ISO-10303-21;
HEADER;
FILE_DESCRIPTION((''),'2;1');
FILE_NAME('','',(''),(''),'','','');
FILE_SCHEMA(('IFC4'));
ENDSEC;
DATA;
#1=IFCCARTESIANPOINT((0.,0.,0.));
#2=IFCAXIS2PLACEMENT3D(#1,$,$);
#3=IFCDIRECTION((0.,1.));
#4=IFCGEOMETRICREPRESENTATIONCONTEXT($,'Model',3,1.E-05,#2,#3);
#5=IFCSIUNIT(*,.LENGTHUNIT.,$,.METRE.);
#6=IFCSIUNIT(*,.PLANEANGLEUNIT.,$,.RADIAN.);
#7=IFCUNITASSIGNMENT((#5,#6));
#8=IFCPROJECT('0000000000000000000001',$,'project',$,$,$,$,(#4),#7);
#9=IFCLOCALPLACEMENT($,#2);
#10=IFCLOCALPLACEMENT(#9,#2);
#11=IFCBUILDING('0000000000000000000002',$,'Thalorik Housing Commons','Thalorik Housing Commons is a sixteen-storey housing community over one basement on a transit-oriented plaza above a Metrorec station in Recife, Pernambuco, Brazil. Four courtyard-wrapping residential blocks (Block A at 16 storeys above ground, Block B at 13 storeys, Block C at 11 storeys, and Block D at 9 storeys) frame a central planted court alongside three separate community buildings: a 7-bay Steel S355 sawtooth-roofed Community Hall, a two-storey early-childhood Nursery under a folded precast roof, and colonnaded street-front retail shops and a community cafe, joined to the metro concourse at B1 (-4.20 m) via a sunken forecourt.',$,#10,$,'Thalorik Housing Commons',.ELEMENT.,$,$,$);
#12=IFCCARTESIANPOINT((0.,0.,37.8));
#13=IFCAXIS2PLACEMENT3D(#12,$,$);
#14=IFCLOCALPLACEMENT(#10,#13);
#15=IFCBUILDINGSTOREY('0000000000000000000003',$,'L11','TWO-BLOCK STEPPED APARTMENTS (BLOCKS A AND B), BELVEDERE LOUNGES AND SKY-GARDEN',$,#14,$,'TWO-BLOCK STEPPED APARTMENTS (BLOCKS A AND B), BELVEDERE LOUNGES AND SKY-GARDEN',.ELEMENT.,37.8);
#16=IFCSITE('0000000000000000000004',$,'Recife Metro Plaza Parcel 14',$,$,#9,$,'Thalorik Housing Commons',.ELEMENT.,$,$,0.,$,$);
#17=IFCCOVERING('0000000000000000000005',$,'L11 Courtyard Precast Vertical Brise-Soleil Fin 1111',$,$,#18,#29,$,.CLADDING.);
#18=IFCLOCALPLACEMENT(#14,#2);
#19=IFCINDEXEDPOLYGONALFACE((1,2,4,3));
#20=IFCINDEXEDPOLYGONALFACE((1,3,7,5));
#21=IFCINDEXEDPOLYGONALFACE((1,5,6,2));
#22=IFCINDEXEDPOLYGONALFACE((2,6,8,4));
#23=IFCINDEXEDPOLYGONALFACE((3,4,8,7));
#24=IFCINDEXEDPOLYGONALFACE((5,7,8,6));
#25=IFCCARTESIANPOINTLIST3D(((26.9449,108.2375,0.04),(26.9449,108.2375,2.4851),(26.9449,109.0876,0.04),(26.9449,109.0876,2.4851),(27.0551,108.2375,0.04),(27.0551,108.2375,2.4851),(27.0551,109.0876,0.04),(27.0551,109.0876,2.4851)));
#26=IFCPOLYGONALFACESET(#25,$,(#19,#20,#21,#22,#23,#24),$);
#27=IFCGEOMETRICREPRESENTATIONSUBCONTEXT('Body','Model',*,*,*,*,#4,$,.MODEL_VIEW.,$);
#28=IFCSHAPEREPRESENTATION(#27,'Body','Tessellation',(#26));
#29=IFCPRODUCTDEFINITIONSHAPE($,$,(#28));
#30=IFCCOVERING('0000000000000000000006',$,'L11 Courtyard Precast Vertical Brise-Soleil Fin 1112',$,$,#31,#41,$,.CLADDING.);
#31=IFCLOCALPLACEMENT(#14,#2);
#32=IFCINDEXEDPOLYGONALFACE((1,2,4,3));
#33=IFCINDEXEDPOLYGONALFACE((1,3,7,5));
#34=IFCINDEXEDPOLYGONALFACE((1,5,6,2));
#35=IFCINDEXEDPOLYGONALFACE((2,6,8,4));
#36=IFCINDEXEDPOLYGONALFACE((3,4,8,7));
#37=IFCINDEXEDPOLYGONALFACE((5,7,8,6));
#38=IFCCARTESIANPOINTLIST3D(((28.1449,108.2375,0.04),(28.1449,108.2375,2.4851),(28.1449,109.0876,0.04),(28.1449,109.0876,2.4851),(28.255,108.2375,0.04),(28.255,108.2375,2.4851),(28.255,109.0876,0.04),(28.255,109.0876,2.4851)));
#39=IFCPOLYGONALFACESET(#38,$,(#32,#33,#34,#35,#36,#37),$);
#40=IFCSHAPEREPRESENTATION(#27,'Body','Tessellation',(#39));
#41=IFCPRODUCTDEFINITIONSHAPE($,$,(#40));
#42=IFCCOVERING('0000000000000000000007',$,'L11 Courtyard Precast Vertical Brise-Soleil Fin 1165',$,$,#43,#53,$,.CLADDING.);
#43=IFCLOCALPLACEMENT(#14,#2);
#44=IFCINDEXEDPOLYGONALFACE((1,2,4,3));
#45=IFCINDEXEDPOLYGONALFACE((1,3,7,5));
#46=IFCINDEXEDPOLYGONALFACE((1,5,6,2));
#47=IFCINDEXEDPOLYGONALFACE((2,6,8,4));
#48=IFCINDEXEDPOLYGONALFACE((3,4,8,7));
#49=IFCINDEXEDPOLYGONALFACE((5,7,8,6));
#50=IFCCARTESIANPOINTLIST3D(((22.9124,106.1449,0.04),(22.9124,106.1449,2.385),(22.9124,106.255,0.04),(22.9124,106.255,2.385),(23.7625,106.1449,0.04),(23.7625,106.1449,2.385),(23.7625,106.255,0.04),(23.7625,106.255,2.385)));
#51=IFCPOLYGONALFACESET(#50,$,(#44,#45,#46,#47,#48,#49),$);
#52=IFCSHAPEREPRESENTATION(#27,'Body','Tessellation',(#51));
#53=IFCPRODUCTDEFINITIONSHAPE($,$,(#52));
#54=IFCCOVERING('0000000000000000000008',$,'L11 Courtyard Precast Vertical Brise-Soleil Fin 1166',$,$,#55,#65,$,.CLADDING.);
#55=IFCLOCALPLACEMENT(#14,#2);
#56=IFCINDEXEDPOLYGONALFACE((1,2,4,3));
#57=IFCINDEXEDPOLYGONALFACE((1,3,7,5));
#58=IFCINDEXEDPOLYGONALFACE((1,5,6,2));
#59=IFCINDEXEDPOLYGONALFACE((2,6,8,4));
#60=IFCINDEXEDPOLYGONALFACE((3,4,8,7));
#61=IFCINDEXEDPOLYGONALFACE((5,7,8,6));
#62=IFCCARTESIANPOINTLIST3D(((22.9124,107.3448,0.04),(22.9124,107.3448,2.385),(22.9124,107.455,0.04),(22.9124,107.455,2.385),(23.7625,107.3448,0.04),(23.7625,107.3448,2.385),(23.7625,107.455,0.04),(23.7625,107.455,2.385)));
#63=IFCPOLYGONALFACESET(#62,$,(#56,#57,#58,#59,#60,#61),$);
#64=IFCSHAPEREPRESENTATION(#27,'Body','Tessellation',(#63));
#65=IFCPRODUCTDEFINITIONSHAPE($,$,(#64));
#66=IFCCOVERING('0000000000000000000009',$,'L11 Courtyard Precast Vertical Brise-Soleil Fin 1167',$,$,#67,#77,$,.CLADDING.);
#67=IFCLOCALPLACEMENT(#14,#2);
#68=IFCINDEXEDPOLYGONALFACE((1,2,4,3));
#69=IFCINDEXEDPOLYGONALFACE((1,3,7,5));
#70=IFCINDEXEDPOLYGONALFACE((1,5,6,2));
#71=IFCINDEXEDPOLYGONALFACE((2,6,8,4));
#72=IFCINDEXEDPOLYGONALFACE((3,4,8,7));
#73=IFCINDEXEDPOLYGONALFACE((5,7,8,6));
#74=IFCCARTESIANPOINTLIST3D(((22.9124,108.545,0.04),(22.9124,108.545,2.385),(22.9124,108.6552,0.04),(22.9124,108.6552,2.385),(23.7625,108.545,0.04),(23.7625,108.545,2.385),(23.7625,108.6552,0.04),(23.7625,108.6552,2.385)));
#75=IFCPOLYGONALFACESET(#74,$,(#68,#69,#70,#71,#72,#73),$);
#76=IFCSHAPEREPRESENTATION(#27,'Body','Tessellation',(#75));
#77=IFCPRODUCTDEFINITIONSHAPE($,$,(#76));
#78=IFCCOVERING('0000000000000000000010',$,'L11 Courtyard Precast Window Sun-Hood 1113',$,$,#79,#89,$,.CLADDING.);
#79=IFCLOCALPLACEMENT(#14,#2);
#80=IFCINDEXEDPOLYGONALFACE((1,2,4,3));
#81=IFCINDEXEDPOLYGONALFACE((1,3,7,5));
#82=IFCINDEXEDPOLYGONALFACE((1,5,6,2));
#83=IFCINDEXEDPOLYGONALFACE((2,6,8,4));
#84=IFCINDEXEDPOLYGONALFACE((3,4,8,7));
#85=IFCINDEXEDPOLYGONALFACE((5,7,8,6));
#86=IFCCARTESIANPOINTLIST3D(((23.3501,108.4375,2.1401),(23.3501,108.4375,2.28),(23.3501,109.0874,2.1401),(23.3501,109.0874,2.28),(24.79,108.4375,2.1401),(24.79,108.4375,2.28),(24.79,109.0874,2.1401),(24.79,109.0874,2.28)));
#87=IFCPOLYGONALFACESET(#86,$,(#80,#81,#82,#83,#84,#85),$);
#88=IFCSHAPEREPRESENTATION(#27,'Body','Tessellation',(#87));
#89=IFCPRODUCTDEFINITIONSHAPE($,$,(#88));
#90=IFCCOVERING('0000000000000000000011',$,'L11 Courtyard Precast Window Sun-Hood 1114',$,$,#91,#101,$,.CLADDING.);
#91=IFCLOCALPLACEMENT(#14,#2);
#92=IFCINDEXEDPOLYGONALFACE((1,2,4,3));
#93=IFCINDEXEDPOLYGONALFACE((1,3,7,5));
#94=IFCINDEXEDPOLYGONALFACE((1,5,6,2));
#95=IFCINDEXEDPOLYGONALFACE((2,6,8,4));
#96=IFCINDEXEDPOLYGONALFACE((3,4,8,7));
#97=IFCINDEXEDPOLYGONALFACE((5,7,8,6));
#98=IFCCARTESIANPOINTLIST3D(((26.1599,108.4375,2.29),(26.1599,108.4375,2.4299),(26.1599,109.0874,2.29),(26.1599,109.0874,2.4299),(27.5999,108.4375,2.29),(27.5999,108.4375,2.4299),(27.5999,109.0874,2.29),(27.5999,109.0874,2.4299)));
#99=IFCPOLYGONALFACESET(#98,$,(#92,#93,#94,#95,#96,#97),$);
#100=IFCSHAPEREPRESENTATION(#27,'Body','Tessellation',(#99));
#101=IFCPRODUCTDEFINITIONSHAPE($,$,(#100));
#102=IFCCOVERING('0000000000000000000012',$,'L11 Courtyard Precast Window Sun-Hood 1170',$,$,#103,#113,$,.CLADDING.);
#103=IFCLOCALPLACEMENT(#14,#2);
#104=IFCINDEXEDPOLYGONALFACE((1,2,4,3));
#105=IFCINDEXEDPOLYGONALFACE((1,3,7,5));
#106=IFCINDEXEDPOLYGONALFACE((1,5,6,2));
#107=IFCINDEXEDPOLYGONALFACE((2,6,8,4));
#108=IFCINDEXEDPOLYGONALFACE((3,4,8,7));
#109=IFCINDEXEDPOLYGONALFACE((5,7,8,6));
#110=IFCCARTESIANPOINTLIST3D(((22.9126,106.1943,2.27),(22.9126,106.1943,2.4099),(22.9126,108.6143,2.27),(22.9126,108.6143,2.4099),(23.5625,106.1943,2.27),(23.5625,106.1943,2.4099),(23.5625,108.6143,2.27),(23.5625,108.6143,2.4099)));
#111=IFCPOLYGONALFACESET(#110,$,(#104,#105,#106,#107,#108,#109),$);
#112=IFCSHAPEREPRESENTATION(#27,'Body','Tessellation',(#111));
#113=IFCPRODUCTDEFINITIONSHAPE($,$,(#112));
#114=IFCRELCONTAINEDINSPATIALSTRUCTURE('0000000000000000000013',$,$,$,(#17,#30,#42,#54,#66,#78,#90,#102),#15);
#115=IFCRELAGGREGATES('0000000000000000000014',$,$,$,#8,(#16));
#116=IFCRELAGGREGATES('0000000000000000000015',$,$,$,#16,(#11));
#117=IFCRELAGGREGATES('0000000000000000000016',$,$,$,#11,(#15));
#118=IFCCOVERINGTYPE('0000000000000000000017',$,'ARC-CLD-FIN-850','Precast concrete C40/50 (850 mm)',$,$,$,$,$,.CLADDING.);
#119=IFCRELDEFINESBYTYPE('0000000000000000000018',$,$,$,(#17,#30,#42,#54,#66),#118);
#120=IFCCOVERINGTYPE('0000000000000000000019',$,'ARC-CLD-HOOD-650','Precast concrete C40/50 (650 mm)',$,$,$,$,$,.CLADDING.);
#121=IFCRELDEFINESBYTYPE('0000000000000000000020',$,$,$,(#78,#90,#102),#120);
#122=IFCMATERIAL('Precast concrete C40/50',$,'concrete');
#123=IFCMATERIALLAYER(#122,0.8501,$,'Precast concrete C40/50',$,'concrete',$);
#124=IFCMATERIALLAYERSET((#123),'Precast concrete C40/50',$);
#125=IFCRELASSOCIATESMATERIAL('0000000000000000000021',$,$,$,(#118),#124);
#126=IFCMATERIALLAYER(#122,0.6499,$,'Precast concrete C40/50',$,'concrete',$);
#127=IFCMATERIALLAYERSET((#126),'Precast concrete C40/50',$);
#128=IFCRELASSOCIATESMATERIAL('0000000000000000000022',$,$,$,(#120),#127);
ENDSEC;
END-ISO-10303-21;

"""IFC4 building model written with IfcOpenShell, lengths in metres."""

from ifc_helpers import new_model, si_unit, direction, frame, origin, origin_2d, place, context, subcontext, project, spatial, rectangle, extrude, material, layer, layer_set, type_object, element, save


model = new_model("IFC4")

# Units and contexts
model_context = context("Model", 3, precision=1e-05, world=origin(), true_north=direction((0.0, 1.0)))
body_context = subcontext(model_context, "Body", "Model", "MODEL_VIEW")
ifc_project = project(units=[si_unit("LENGTHUNIT", "METRE"), si_unit("PLANEANGLEUNIT", "RADIAN")], contexts=[model_context])

# Site, building, storey
site_placement = place(None, origin())
site = spatial("IfcSite", under=ifc_project, at=site_placement, Name="Recife Metro Plaza Parcel 14", LongName="Thalorik Housing Commons", CompositionType="ELEMENT", RefElevation=0.0)
building_placement = place(site_placement, origin())
building = spatial("IfcBuilding", under=site, at=building_placement, Name="Thalorik Housing Commons", Description="Thalorik Housing Commons is a sixteen-storey housing community over one basement on a transit-oriented plaza above a Metrorec station in Recife, Pernambuco, Brazil. Four courtyard-wrapping residential blocks (Block A at 16 storeys above ground, Block B at 13 storeys, Block C at 11 storeys, and Block D at 9 storeys) frame a central planted court alongside three separate community buildings: a 7-bay Steel S355 sawtooth-roofed Community Hall, a two-storey early-childhood Nursery under a folded precast roof, and colonnaded street-front retail shops and a community cafe, joined to the metro concourse at B1 (-4.20 m) via a sunken forecourt.", LongName="Thalorik Housing Commons", CompositionType="ELEMENT")
storey_placement = place(building_placement, frame((0.0, 0.0, 37.8)))
storey = spatial("IfcBuildingStorey", under=building, at=storey_placement, Name="L11", Description="TWO-BLOCK STEPPED APARTMENTS (BLOCKS A AND B), BELVEDERE LOUNGES AND SKY-GARDEN", LongName="TWO-BLOCK STEPPED APARTMENTS (BLOCKS A AND B), BELVEDERE LOUNGES AND SKY-GARDEN", CompositionType="ELEMENT", Elevation=37.8)

# Shared definitions
ifc_material_1 = material(Name="Precast concrete C40/50", Category="concrete")

# Coverings
ifc_layer_1 = layer(ifc_material_1, 0.8501, Name="Precast concrete C40/50", Category="concrete")
ifc_layer_set_1 = layer_set([ifc_layer_1], Name="Precast concrete C40/50")
covering_type_1 = type_object("IfcCoveringType", Name="ARC-CLD-FIN-850", Description="Precast concrete C40/50 (850 mm)", PredefinedType="CLADDING", material=ifc_layer_set_1)
for number, where, z_axis, x_axis, name in (
    (1, (27.0, 108.6626, 0.04), (0.0, 0.0, 1.0), (1.0, 0.0, 0.0), "L11 Courtyard Precast Vertical Brise-Soleil Fin 1111"),
    (2, (28.2, 108.6626, 0.04), (0.0, 0.0, 1.0), (1.0, 0.0, 0.0), "L11 Courtyard Precast Vertical Brise-Soleil Fin 1112"),
):
    element("IfcCovering", number, at=place(storey_placement, frame(where, z_axis=z_axis, x_axis=x_axis)), inside=storey, type_object=covering_type_1, Name=name, PredefinedType="CLADDING", context=body_context, shape_type="SweptSolid", body=[
        extrude(rectangle(XDim=0.1101, YDim=0.8501, at=origin_2d()), origin(), (0.0, 0.0, 1.0), 2.4451),
    ])
for number, where, z_axis, x_axis, name in (
    (3, (23.3374, 106.2, 0.04), (0.0, 0.0, 1.0), (0.0, 1.0, 0.0), "L11 Courtyard Precast Vertical Brise-Soleil Fin 1165"),
    (4, (23.3374, 107.3999, 0.04), (0.0, 0.0, 1.0), (0.0, 1.0, 0.0), "L11 Courtyard Precast Vertical Brise-Soleil Fin 1166"),
    (5, (23.3374, 108.6001, 0.04), (0.0, 0.0, 1.0), (0.0, 1.0, 0.0), "L11 Courtyard Precast Vertical Brise-Soleil Fin 1167"),
):
    element("IfcCovering", number, at=place(storey_placement, frame(where, z_axis=z_axis, x_axis=x_axis)), inside=storey, type_object=covering_type_1, Name=name, PredefinedType="CLADDING", context=body_context, shape_type="SweptSolid", body=[
        extrude(rectangle(XDim=0.1101, YDim=0.8501, at=origin_2d()), origin(), (0.0, 0.0, 1.0), 2.345),
    ])
ifc_layer_2 = layer(ifc_material_1, 0.6499, Name="Precast concrete C40/50", Category="concrete")
ifc_layer_set_2 = layer_set([ifc_layer_2], Name="Precast concrete C40/50")
covering_type_2 = type_object("IfcCoveringType", Name="ARC-CLD-HOOD-650", Description="Precast concrete C40/50 (650 mm)", PredefinedType="CLADDING", material=ifc_layer_set_2)
for number, where, z_axis, x_axis, name in (
    (6, (24.0701, 108.7625, 2.1401), (0.0, 0.0, 1.0), (1.0, 0.0, 0.0), "L11 Courtyard Precast Window Sun-Hood 1113"),
    (7, (26.8799, 108.7625, 2.29), (0.0, 0.0, 1.0), (1.0, 0.0, 0.0), "L11 Courtyard Precast Window Sun-Hood 1114"),
):
    element("IfcCovering", number, at=place(storey_placement, frame(where, z_axis=z_axis, x_axis=x_axis)), inside=storey, type_object=covering_type_2, Name=name, PredefinedType="CLADDING", context=body_context, shape_type="SweptSolid", body=[
        extrude(rectangle(XDim=1.4399, YDim=0.6499, at=origin_2d()), origin(), (0.0, 0.0, 1.0), 0.1399),
    ])
covering_placement = place(storey_placement, frame((23.2375, 107.4043, 2.27), z_axis=(0.0, 0.0, 1.0), x_axis=(0.0, 1.0, 0.0)))
element("IfcCovering", 8, at=covering_placement, inside=storey, type_object=covering_type_2, Name="L11 Courtyard Precast Window Sun-Hood 1170", PredefinedType="CLADDING", context=body_context, shape_type="SweptSolid", body=[
    extrude(rectangle(XDim=2.4199, YDim=0.6499, at=origin_2d()), origin(), (0.0, 0.0, 1.0), 0.1399),
])

save(model, "model.ifc")
